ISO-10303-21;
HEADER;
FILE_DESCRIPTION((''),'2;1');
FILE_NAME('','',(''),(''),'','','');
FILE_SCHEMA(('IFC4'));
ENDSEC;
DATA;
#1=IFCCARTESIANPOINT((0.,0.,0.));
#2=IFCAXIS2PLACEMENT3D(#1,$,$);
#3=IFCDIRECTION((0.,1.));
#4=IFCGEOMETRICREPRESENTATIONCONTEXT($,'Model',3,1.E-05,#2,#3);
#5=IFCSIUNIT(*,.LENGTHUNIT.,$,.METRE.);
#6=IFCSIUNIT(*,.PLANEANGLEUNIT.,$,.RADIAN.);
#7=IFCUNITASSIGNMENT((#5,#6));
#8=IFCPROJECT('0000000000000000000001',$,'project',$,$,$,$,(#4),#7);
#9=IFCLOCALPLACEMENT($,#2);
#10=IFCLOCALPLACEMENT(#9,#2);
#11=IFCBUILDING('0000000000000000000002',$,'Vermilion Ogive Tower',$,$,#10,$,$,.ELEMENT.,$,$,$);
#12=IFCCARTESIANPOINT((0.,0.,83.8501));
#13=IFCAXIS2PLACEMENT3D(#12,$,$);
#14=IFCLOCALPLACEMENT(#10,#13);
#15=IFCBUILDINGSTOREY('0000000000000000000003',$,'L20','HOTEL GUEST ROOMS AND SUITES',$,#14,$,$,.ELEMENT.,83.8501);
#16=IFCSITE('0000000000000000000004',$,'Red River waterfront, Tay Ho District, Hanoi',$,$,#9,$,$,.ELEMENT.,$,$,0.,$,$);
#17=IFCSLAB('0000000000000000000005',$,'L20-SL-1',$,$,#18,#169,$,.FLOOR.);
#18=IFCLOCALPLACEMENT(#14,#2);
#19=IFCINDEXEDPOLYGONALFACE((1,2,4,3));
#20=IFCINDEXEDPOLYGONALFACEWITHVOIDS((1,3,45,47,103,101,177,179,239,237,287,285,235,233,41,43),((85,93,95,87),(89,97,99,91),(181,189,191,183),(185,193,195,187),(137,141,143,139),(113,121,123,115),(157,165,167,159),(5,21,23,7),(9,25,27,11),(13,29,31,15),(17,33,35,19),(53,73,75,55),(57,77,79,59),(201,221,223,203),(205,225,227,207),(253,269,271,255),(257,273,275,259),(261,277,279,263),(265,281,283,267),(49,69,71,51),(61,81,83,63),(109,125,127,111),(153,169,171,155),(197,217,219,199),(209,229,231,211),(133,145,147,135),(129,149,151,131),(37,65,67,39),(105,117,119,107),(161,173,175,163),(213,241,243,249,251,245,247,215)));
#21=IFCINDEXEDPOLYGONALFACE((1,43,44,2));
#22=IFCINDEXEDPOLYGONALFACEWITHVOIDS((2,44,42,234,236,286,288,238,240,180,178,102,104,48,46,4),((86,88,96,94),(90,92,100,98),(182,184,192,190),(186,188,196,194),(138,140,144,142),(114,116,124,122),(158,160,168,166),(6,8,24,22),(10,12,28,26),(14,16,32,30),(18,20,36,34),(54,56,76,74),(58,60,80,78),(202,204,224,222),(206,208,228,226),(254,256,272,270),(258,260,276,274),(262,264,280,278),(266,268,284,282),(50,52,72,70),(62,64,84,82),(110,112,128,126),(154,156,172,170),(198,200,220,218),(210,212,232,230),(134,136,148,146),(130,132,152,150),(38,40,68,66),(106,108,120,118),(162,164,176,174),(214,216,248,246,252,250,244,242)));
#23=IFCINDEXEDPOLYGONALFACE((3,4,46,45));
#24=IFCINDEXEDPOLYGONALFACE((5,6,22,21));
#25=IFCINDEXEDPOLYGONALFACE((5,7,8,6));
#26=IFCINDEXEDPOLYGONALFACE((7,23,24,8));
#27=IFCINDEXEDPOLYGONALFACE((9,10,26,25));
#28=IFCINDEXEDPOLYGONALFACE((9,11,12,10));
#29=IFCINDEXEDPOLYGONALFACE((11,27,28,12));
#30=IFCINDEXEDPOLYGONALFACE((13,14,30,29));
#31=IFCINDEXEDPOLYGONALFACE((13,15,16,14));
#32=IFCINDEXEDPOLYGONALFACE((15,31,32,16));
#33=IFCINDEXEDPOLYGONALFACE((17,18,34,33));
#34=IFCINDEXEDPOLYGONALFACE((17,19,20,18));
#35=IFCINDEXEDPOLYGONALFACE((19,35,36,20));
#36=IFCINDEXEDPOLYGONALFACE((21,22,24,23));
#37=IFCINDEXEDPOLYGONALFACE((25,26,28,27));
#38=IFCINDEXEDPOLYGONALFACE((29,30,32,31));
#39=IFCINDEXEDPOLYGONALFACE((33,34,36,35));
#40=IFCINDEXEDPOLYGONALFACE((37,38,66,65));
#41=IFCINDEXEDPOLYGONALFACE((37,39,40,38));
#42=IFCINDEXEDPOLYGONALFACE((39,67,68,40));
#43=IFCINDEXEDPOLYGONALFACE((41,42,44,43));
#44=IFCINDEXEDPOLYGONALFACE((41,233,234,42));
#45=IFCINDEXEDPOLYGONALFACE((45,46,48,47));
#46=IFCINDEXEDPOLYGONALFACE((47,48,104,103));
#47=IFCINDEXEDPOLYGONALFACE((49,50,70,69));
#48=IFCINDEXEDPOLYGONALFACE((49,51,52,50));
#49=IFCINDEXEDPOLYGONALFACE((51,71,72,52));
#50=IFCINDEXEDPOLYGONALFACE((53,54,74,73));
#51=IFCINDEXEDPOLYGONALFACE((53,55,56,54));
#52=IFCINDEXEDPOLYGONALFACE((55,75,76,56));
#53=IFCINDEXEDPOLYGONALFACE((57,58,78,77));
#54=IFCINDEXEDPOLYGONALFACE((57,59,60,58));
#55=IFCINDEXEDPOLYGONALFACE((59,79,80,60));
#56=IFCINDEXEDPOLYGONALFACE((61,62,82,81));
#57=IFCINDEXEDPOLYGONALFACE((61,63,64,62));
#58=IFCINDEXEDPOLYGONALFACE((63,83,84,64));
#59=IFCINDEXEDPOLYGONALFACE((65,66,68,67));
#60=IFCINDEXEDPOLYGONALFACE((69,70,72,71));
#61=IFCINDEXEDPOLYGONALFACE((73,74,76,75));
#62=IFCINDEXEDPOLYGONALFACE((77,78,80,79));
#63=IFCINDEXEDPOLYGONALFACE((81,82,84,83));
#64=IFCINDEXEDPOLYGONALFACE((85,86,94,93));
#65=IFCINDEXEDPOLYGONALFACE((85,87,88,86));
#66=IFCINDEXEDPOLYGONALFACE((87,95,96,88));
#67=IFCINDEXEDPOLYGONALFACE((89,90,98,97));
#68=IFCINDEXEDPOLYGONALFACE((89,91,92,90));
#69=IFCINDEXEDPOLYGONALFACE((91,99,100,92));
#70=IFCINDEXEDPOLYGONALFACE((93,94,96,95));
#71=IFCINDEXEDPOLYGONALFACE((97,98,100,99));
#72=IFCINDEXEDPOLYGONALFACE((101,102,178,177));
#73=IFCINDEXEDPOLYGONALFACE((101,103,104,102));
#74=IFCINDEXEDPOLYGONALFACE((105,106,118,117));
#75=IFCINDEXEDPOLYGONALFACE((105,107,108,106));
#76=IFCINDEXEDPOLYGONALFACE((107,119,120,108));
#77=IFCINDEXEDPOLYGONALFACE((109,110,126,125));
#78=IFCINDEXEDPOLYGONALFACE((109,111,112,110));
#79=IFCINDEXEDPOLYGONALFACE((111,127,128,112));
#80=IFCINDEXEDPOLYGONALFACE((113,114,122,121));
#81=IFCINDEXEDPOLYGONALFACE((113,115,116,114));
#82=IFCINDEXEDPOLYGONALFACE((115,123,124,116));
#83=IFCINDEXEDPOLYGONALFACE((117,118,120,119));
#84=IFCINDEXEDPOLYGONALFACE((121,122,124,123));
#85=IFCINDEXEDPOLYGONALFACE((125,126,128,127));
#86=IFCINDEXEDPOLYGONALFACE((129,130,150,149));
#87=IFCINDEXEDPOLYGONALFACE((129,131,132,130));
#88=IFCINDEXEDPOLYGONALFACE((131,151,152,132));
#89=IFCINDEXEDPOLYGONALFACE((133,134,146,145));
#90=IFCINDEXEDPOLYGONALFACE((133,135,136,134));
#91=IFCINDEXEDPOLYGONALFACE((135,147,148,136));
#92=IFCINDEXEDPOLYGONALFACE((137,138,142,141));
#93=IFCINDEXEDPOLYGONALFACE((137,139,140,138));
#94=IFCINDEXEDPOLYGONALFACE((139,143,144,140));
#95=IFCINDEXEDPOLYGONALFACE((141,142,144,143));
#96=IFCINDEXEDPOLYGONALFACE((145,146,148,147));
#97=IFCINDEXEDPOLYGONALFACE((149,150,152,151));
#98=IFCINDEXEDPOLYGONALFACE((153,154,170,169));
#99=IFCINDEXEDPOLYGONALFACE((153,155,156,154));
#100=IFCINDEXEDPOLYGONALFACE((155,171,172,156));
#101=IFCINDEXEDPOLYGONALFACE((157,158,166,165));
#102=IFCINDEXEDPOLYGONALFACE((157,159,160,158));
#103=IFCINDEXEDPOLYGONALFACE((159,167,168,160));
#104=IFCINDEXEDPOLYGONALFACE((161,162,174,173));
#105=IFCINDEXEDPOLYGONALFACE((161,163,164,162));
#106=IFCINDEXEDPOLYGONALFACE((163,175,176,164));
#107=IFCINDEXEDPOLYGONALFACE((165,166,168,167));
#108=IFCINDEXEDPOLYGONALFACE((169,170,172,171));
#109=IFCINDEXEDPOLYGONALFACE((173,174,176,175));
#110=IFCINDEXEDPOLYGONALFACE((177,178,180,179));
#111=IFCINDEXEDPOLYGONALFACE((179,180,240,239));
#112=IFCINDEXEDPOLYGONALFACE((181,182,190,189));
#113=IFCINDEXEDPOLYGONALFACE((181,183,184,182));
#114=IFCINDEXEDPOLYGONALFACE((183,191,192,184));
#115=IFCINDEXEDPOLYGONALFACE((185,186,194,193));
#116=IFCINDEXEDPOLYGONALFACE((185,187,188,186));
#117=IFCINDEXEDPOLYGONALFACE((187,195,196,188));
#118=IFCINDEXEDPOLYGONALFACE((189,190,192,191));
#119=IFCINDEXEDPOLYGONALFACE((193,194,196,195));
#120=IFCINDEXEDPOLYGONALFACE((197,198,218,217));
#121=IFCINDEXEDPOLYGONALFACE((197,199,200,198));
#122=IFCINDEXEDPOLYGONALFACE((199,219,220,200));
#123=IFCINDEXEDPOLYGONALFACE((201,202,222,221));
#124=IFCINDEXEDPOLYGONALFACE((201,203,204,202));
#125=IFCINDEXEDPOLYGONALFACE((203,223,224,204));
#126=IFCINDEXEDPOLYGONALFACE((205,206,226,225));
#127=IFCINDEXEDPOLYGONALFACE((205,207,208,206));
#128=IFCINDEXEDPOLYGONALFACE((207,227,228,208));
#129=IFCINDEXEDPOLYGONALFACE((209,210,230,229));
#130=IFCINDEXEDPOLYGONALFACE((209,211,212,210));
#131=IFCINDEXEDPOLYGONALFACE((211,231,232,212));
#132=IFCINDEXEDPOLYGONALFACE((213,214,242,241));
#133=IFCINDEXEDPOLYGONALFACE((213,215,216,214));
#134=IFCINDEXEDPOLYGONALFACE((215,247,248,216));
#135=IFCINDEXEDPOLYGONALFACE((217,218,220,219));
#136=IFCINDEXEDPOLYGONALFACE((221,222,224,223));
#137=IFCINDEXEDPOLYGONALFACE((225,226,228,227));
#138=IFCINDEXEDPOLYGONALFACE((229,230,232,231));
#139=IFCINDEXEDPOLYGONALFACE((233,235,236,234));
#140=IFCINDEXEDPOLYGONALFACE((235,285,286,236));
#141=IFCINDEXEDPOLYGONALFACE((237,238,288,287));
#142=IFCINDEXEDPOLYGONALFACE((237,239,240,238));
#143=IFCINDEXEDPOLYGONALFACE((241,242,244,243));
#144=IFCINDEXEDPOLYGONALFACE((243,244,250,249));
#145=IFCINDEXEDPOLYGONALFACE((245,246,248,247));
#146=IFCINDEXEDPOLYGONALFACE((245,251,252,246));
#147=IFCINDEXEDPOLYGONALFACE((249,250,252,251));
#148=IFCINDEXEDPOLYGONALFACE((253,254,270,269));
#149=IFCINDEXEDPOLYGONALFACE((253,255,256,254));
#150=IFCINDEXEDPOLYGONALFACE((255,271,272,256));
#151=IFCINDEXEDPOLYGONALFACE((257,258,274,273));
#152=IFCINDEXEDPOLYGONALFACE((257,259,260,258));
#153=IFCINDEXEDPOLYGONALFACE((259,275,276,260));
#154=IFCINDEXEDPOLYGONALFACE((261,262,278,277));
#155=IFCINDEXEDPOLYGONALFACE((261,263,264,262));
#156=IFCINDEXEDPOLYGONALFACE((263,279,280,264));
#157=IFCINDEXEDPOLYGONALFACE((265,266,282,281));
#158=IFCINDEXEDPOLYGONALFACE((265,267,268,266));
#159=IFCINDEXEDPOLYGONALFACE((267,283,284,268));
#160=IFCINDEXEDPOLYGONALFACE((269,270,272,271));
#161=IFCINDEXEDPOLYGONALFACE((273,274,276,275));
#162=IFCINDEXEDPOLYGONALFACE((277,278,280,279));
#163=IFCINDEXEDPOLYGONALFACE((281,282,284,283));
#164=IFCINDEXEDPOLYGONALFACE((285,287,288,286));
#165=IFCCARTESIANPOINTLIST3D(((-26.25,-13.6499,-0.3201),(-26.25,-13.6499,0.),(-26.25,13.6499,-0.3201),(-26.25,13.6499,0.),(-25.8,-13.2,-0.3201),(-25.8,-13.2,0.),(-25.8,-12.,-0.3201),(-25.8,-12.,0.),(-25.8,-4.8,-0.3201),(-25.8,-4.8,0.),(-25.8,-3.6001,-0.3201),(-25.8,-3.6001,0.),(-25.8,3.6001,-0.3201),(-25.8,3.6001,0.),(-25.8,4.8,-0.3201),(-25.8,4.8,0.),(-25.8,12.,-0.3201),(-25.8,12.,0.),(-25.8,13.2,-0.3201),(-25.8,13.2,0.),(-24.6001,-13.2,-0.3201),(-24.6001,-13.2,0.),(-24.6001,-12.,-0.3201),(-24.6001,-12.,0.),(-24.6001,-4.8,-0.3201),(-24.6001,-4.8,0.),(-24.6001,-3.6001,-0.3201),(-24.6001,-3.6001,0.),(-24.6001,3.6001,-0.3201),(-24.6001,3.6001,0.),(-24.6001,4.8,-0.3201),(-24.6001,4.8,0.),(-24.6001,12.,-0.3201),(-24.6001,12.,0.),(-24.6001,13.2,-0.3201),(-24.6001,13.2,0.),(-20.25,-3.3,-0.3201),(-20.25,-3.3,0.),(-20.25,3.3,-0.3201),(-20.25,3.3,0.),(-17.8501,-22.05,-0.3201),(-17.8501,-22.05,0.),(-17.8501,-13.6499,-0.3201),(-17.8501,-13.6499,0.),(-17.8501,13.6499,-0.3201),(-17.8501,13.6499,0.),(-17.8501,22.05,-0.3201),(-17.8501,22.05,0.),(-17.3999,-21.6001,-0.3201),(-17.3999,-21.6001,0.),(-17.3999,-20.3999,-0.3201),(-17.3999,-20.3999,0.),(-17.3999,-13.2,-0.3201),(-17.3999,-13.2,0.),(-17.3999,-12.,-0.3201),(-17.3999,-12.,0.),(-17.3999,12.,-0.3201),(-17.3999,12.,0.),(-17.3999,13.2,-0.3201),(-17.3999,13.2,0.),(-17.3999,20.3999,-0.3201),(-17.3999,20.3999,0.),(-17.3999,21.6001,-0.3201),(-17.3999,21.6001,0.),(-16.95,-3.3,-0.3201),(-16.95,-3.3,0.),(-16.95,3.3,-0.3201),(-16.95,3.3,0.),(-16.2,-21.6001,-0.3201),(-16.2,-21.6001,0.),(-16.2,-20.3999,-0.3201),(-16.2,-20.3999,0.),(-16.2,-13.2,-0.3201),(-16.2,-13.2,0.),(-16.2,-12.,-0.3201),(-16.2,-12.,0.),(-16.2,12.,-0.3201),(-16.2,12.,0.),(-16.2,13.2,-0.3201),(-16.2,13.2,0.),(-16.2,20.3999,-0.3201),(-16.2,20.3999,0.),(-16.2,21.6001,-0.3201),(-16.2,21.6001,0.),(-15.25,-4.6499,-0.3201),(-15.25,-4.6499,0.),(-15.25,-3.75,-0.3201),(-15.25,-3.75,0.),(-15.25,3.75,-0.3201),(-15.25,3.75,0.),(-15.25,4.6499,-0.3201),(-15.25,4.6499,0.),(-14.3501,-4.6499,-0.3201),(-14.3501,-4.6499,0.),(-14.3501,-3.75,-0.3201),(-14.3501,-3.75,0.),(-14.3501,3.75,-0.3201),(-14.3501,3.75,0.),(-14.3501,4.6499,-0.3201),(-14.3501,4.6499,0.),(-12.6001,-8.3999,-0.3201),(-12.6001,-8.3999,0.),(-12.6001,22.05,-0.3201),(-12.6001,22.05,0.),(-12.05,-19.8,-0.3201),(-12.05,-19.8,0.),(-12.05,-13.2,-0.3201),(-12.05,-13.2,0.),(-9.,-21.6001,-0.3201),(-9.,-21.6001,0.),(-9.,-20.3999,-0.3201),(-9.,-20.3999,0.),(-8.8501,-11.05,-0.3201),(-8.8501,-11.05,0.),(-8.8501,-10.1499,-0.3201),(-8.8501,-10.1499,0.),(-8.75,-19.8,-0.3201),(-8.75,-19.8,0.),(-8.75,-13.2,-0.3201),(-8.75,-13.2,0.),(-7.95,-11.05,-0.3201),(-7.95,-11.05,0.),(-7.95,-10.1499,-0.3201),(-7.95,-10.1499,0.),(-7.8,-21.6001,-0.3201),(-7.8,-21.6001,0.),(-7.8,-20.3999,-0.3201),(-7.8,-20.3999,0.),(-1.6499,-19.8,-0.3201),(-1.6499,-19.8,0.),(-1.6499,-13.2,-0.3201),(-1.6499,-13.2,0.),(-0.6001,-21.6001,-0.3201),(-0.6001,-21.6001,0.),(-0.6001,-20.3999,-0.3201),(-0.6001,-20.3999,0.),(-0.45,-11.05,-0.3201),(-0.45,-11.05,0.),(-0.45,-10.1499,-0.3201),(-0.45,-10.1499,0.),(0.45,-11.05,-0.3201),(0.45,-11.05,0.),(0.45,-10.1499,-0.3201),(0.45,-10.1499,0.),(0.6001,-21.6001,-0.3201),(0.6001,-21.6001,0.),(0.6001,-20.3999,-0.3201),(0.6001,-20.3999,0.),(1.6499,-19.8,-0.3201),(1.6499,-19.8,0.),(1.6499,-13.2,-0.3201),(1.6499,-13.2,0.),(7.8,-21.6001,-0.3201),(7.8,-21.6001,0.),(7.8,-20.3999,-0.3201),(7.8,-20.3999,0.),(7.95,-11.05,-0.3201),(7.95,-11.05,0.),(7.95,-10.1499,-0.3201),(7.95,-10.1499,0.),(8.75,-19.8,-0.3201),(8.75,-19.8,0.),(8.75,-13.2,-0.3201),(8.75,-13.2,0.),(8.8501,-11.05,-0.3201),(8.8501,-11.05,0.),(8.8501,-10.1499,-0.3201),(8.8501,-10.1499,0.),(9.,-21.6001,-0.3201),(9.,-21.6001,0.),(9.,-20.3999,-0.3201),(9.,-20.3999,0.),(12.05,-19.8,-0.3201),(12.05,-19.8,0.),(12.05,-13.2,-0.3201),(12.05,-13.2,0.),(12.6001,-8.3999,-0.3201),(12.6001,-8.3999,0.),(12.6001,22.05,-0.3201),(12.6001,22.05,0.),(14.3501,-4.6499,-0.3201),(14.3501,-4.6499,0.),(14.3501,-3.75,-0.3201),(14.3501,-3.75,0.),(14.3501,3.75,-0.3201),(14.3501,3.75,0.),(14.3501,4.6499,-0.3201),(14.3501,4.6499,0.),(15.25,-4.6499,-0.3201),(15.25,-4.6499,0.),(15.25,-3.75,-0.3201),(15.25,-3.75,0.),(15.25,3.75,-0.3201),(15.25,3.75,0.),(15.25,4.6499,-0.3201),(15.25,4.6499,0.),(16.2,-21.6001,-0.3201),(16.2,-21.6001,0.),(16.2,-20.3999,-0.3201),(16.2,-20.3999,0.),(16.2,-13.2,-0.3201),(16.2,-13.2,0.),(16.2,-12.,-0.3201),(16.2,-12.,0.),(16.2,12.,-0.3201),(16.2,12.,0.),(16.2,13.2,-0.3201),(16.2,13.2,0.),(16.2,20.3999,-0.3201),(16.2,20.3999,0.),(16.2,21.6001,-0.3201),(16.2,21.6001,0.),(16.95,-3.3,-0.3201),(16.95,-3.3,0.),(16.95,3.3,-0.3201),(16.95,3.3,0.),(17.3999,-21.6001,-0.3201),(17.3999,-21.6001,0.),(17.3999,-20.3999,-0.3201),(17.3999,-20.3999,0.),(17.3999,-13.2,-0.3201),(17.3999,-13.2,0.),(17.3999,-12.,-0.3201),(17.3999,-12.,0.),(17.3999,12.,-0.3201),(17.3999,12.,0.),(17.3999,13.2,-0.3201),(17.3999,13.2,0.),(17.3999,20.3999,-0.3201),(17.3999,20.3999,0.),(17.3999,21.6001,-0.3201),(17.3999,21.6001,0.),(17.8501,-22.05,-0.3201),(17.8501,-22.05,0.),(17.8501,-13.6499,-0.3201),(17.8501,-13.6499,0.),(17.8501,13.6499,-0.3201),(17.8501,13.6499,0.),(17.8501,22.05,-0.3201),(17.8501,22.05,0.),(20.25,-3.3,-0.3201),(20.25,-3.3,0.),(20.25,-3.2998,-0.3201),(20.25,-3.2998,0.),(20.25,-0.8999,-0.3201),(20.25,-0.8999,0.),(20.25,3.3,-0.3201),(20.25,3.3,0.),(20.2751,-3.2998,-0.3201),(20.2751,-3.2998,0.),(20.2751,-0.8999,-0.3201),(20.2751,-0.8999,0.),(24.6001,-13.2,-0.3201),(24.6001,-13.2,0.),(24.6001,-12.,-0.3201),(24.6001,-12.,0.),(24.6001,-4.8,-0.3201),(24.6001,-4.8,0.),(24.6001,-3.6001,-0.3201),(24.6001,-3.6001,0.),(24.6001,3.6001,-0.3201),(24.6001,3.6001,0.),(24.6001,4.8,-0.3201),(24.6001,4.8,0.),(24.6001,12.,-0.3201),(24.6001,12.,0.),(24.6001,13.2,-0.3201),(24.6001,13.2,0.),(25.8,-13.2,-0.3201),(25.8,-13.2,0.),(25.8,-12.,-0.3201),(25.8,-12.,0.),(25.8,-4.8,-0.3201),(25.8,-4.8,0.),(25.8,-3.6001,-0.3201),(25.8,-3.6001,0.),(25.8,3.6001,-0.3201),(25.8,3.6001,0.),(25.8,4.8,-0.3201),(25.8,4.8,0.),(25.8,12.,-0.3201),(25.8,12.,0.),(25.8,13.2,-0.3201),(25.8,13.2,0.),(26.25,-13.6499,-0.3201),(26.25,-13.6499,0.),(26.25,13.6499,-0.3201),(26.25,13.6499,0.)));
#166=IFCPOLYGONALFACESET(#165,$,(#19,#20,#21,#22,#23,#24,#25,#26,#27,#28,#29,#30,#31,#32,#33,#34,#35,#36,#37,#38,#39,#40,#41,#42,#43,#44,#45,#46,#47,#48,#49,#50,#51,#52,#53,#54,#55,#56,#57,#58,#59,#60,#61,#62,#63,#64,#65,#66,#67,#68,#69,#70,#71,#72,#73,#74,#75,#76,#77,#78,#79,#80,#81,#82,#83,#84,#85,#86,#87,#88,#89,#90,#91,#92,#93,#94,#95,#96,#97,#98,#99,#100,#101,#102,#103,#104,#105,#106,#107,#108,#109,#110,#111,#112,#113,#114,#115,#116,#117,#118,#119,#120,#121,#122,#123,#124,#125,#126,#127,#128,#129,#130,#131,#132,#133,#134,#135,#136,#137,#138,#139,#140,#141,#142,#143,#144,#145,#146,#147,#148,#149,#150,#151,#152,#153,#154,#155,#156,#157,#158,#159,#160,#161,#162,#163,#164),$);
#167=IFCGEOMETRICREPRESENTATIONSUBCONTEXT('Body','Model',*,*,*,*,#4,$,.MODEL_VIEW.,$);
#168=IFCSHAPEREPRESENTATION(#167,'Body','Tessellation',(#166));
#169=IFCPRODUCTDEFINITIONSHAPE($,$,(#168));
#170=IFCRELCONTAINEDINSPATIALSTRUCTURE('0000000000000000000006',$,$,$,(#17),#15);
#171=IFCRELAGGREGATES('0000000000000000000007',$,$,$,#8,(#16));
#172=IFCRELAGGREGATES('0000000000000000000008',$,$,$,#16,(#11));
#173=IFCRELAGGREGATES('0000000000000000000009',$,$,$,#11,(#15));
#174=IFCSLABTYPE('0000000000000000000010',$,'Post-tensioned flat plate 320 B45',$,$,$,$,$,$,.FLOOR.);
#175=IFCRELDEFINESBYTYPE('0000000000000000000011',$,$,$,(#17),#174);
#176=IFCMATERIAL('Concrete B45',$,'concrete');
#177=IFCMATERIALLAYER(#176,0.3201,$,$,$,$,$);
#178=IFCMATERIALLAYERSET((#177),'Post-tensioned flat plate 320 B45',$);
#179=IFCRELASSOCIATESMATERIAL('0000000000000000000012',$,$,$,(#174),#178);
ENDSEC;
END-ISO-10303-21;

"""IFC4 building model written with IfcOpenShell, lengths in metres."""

from ifc_helpers import new_model, si_unit, direction, frame, origin, place, context, subcontext, project, spatial, polyline, outline, extrude, material, layer, layer_set, type_object, element, save


model = new_model("IFC4")

# Units and contexts
model_context = context("Model", 3, precision=1e-05, world=origin(), true_north=direction((0.0, 1.0)))
body_context = subcontext(model_context, "Body", "Model", "MODEL_VIEW")
ifc_project = project(units=[si_unit("LENGTHUNIT", "METRE"), si_unit("PLANEANGLEUNIT", "RADIAN")], contexts=[model_context])

# Site, building, storey
site_placement = place(None, origin())
site = spatial("IfcSite", under=ifc_project, at=site_placement, Name="Red River waterfront, Tay Ho District, Hanoi", CompositionType="ELEMENT", RefElevation=0.0)
building_placement = place(site_placement, origin())
building = spatial("IfcBuilding", under=site, at=building_placement, Name="Vermilion Ogive Tower", CompositionType="ELEMENT")
storey_placement = place(building_placement, frame((0.0, 0.0, 83.8501)))
storey = spatial("IfcBuildingStorey", under=building, at=storey_placement, Name="L20", Description="HOTEL GUEST ROOMS AND SUITES", CompositionType="ELEMENT", Elevation=83.8501)

# Slab
ifc_material_1 = material(Name="Concrete B45", Category="concrete")
ifc_layer_1 = layer(ifc_material_1, 0.3201)
ifc_layer_set_1 = layer_set([ifc_layer_1], Name="Post-tensioned flat plate 320 B45")
slab_type_1 = type_object("IfcSlabType", Name="Post-tensioned flat plate 320 B45", PredefinedType="FLOOR", material=ifc_layer_set_1)
slab_1_placement = place(storey_placement, frame((0.0, 0.0, -0.3201)))
element("IfcSlab", 1, at=slab_1_placement, inside=storey, type_object=slab_type_1, Name="L20-SL-1", PredefinedType="FLOOR", context=body_context, shape_type="SweptSolid", body=[
    extrude(outline(polyline([(-26.25, -13.6499), (-17.8501, -13.6499), (-17.8501, -22.05), (17.8501, -22.05), (17.8501, -13.6499), (26.25, -13.6499), (26.25, 13.6499), (17.8501, 13.6499), (17.8501, 22.05), (12.6001, 22.05), (12.6001, -8.3999), (-12.6001, -8.3999), (-12.6001, 22.05), (-17.8501, 22.05), (-17.8501, 13.6499), (-26.25, 13.6499), (-26.25, -13.6499)]), holes=[polyline([(25.8, -3.6001), (25.8, -4.8), (24.6001, -4.8), (24.6001, -3.6001), (25.8, -3.6001)]), polyline([(25.8, -12.0), (25.8, -13.2), (24.6001, -13.2), (24.6001, -12.0), (25.8, -12.0)]), polyline([(25.8, 12.0), (24.6001, 12.0), (24.6001, 13.2), (25.8, 13.2), (25.8, 12.0)]), polyline([(25.8, 3.6001), (24.6001, 3.6001), (24.6001, 4.8), (25.8, 4.8), (25.8, 3.6001)]), polyline([(20.25, -3.2998), (20.25, -3.3), (16.95, -3.3), (16.95, 3.3), (20.25, 3.3), (20.25, -0.8999), (20.2751, -0.8999), (20.2751, -3.2998), (20.25, -3.2998)]), polyline([(17.3999, -12.0), (17.3999, -13.2), (16.2, -13.2), (16.2, -12.0), (17.3999, -12.0)]), polyline([(17.3999, 20.3999), (16.2, 20.3999), (16.2, 21.6001), (17.3999, 21.6001), (17.3999, 20.3999)]), polyline([(17.3999, -20.3999), (17.3999, -21.6001), (16.2, -21.6001), (16.2, -20.3999), (17.3999, -20.3999)]), polyline([(17.3999, 13.2), (17.3999, 12.0), (16.2, 12.0), (16.2, 13.2), (17.3999, 13.2)]), polyline([(15.25, 4.6499), (15.25, 3.75), (14.3501, 3.75), (14.3501, 4.6499), (15.25, 4.6499)]), polyline([(15.25, -4.6499), (14.3501, -4.6499), (14.3501, -3.75), (15.25, -3.75), (15.25, -4.6499)]), polyline([(12.05, -13.2), (12.05, -19.8), (8.75, -19.8), (8.75, -13.2), (12.05, -13.2)]), polyline([(9.0, -20.3999), (9.0, -21.6001), (7.8, -21.6001), (7.8, -20.3999), (9.0, -20.3999)]), polyline([(8.8501, -11.05), (7.95, -11.05), (7.95, -10.1499), (8.8501, -10.1499), (8.8501, -11.05)]), polyline([(1.6499, -13.2), (1.6499, -19.8), (-1.6499, -19.8), (-1.6499, -13.2), (1.6499, -13.2)]), polyline([(0.6001, -20.3999), (0.6001, -21.6001), (-0.6001, -21.6001), (-0.6001, -20.3999), (0.6001, -20.3999)]), polyline([(0.45, -10.1499), (0.45, -11.05), (-0.45, -11.05), (-0.45, -10.1499), (0.45, -10.1499)]), polyline([(-7.8, -20.3999), (-7.8, -21.6001), (-9.0, -21.6001), (-9.0, -20.3999), (-7.8, -20.3999)]), polyline([(-7.95, -10.1499), (-7.95, -11.05), (-8.8501, -11.05), (-8.8501, -10.1499), (-7.95, -10.1499)]), polyline([(-8.75, -13.2), (-8.75, -19.8), (-12.05, -19.8), (-12.05, -13.2), (-8.75, -13.2)]), polyline([(-14.3501, 4.6499), (-14.3501, 3.75), (-15.25, 3.75), (-15.25, 4.6499), (-14.3501, 4.6499)]), polyline([(-14.3501, -4.6499), (-15.25, -4.6499), (-15.25, -3.75), (-14.3501, -3.75), (-14.3501, -4.6499)]), polyline([(-16.2, 13.2), (-16.2, 12.0), (-17.3999, 12.0), (-17.3999, 13.2), (-16.2, 13.2)]), polyline([(-16.2, -12.0), (-16.2, -13.2), (-17.3999, -13.2), (-17.3999, -12.0), (-16.2, -12.0)]), polyline([(-16.2, -20.3999), (-16.2, -21.6001), (-17.3999, -21.6001), (-17.3999, -20.3999), (-16.2, -20.3999)]), polyline([(-16.2, 20.3999), (-17.3999, 20.3999), (-17.3999, 21.6001), (-16.2, 21.6001), (-16.2, 20.3999)]), polyline([(-16.95, 3.3), (-16.95, -3.3), (-20.25, -3.3), (-20.25, 3.3), (-16.95, 3.3)]), polyline([(-24.6001, 3.6001), (-25.8, 3.6001), (-25.8, 4.8), (-24.6001, 4.8), (-24.6001, 3.6001)]), polyline([(-24.6001, 13.2), (-24.6001, 12.0), (-25.8, 12.0), (-25.8, 13.2), (-24.6001, 13.2)]), polyline([(-24.6001, -3.6001), (-24.6001, -4.8), (-25.8, -4.8), (-25.8, -3.6001), (-24.6001, -3.6001)]), polyline([(-24.6001, -12.0), (-24.6001, -13.2), (-25.8, -13.2), (-25.8, -12.0), (-24.6001, -12.0)])]), origin(), (0.0, 0.0, 1.0), 0.3201),
])

save(model, "model.ifc")
